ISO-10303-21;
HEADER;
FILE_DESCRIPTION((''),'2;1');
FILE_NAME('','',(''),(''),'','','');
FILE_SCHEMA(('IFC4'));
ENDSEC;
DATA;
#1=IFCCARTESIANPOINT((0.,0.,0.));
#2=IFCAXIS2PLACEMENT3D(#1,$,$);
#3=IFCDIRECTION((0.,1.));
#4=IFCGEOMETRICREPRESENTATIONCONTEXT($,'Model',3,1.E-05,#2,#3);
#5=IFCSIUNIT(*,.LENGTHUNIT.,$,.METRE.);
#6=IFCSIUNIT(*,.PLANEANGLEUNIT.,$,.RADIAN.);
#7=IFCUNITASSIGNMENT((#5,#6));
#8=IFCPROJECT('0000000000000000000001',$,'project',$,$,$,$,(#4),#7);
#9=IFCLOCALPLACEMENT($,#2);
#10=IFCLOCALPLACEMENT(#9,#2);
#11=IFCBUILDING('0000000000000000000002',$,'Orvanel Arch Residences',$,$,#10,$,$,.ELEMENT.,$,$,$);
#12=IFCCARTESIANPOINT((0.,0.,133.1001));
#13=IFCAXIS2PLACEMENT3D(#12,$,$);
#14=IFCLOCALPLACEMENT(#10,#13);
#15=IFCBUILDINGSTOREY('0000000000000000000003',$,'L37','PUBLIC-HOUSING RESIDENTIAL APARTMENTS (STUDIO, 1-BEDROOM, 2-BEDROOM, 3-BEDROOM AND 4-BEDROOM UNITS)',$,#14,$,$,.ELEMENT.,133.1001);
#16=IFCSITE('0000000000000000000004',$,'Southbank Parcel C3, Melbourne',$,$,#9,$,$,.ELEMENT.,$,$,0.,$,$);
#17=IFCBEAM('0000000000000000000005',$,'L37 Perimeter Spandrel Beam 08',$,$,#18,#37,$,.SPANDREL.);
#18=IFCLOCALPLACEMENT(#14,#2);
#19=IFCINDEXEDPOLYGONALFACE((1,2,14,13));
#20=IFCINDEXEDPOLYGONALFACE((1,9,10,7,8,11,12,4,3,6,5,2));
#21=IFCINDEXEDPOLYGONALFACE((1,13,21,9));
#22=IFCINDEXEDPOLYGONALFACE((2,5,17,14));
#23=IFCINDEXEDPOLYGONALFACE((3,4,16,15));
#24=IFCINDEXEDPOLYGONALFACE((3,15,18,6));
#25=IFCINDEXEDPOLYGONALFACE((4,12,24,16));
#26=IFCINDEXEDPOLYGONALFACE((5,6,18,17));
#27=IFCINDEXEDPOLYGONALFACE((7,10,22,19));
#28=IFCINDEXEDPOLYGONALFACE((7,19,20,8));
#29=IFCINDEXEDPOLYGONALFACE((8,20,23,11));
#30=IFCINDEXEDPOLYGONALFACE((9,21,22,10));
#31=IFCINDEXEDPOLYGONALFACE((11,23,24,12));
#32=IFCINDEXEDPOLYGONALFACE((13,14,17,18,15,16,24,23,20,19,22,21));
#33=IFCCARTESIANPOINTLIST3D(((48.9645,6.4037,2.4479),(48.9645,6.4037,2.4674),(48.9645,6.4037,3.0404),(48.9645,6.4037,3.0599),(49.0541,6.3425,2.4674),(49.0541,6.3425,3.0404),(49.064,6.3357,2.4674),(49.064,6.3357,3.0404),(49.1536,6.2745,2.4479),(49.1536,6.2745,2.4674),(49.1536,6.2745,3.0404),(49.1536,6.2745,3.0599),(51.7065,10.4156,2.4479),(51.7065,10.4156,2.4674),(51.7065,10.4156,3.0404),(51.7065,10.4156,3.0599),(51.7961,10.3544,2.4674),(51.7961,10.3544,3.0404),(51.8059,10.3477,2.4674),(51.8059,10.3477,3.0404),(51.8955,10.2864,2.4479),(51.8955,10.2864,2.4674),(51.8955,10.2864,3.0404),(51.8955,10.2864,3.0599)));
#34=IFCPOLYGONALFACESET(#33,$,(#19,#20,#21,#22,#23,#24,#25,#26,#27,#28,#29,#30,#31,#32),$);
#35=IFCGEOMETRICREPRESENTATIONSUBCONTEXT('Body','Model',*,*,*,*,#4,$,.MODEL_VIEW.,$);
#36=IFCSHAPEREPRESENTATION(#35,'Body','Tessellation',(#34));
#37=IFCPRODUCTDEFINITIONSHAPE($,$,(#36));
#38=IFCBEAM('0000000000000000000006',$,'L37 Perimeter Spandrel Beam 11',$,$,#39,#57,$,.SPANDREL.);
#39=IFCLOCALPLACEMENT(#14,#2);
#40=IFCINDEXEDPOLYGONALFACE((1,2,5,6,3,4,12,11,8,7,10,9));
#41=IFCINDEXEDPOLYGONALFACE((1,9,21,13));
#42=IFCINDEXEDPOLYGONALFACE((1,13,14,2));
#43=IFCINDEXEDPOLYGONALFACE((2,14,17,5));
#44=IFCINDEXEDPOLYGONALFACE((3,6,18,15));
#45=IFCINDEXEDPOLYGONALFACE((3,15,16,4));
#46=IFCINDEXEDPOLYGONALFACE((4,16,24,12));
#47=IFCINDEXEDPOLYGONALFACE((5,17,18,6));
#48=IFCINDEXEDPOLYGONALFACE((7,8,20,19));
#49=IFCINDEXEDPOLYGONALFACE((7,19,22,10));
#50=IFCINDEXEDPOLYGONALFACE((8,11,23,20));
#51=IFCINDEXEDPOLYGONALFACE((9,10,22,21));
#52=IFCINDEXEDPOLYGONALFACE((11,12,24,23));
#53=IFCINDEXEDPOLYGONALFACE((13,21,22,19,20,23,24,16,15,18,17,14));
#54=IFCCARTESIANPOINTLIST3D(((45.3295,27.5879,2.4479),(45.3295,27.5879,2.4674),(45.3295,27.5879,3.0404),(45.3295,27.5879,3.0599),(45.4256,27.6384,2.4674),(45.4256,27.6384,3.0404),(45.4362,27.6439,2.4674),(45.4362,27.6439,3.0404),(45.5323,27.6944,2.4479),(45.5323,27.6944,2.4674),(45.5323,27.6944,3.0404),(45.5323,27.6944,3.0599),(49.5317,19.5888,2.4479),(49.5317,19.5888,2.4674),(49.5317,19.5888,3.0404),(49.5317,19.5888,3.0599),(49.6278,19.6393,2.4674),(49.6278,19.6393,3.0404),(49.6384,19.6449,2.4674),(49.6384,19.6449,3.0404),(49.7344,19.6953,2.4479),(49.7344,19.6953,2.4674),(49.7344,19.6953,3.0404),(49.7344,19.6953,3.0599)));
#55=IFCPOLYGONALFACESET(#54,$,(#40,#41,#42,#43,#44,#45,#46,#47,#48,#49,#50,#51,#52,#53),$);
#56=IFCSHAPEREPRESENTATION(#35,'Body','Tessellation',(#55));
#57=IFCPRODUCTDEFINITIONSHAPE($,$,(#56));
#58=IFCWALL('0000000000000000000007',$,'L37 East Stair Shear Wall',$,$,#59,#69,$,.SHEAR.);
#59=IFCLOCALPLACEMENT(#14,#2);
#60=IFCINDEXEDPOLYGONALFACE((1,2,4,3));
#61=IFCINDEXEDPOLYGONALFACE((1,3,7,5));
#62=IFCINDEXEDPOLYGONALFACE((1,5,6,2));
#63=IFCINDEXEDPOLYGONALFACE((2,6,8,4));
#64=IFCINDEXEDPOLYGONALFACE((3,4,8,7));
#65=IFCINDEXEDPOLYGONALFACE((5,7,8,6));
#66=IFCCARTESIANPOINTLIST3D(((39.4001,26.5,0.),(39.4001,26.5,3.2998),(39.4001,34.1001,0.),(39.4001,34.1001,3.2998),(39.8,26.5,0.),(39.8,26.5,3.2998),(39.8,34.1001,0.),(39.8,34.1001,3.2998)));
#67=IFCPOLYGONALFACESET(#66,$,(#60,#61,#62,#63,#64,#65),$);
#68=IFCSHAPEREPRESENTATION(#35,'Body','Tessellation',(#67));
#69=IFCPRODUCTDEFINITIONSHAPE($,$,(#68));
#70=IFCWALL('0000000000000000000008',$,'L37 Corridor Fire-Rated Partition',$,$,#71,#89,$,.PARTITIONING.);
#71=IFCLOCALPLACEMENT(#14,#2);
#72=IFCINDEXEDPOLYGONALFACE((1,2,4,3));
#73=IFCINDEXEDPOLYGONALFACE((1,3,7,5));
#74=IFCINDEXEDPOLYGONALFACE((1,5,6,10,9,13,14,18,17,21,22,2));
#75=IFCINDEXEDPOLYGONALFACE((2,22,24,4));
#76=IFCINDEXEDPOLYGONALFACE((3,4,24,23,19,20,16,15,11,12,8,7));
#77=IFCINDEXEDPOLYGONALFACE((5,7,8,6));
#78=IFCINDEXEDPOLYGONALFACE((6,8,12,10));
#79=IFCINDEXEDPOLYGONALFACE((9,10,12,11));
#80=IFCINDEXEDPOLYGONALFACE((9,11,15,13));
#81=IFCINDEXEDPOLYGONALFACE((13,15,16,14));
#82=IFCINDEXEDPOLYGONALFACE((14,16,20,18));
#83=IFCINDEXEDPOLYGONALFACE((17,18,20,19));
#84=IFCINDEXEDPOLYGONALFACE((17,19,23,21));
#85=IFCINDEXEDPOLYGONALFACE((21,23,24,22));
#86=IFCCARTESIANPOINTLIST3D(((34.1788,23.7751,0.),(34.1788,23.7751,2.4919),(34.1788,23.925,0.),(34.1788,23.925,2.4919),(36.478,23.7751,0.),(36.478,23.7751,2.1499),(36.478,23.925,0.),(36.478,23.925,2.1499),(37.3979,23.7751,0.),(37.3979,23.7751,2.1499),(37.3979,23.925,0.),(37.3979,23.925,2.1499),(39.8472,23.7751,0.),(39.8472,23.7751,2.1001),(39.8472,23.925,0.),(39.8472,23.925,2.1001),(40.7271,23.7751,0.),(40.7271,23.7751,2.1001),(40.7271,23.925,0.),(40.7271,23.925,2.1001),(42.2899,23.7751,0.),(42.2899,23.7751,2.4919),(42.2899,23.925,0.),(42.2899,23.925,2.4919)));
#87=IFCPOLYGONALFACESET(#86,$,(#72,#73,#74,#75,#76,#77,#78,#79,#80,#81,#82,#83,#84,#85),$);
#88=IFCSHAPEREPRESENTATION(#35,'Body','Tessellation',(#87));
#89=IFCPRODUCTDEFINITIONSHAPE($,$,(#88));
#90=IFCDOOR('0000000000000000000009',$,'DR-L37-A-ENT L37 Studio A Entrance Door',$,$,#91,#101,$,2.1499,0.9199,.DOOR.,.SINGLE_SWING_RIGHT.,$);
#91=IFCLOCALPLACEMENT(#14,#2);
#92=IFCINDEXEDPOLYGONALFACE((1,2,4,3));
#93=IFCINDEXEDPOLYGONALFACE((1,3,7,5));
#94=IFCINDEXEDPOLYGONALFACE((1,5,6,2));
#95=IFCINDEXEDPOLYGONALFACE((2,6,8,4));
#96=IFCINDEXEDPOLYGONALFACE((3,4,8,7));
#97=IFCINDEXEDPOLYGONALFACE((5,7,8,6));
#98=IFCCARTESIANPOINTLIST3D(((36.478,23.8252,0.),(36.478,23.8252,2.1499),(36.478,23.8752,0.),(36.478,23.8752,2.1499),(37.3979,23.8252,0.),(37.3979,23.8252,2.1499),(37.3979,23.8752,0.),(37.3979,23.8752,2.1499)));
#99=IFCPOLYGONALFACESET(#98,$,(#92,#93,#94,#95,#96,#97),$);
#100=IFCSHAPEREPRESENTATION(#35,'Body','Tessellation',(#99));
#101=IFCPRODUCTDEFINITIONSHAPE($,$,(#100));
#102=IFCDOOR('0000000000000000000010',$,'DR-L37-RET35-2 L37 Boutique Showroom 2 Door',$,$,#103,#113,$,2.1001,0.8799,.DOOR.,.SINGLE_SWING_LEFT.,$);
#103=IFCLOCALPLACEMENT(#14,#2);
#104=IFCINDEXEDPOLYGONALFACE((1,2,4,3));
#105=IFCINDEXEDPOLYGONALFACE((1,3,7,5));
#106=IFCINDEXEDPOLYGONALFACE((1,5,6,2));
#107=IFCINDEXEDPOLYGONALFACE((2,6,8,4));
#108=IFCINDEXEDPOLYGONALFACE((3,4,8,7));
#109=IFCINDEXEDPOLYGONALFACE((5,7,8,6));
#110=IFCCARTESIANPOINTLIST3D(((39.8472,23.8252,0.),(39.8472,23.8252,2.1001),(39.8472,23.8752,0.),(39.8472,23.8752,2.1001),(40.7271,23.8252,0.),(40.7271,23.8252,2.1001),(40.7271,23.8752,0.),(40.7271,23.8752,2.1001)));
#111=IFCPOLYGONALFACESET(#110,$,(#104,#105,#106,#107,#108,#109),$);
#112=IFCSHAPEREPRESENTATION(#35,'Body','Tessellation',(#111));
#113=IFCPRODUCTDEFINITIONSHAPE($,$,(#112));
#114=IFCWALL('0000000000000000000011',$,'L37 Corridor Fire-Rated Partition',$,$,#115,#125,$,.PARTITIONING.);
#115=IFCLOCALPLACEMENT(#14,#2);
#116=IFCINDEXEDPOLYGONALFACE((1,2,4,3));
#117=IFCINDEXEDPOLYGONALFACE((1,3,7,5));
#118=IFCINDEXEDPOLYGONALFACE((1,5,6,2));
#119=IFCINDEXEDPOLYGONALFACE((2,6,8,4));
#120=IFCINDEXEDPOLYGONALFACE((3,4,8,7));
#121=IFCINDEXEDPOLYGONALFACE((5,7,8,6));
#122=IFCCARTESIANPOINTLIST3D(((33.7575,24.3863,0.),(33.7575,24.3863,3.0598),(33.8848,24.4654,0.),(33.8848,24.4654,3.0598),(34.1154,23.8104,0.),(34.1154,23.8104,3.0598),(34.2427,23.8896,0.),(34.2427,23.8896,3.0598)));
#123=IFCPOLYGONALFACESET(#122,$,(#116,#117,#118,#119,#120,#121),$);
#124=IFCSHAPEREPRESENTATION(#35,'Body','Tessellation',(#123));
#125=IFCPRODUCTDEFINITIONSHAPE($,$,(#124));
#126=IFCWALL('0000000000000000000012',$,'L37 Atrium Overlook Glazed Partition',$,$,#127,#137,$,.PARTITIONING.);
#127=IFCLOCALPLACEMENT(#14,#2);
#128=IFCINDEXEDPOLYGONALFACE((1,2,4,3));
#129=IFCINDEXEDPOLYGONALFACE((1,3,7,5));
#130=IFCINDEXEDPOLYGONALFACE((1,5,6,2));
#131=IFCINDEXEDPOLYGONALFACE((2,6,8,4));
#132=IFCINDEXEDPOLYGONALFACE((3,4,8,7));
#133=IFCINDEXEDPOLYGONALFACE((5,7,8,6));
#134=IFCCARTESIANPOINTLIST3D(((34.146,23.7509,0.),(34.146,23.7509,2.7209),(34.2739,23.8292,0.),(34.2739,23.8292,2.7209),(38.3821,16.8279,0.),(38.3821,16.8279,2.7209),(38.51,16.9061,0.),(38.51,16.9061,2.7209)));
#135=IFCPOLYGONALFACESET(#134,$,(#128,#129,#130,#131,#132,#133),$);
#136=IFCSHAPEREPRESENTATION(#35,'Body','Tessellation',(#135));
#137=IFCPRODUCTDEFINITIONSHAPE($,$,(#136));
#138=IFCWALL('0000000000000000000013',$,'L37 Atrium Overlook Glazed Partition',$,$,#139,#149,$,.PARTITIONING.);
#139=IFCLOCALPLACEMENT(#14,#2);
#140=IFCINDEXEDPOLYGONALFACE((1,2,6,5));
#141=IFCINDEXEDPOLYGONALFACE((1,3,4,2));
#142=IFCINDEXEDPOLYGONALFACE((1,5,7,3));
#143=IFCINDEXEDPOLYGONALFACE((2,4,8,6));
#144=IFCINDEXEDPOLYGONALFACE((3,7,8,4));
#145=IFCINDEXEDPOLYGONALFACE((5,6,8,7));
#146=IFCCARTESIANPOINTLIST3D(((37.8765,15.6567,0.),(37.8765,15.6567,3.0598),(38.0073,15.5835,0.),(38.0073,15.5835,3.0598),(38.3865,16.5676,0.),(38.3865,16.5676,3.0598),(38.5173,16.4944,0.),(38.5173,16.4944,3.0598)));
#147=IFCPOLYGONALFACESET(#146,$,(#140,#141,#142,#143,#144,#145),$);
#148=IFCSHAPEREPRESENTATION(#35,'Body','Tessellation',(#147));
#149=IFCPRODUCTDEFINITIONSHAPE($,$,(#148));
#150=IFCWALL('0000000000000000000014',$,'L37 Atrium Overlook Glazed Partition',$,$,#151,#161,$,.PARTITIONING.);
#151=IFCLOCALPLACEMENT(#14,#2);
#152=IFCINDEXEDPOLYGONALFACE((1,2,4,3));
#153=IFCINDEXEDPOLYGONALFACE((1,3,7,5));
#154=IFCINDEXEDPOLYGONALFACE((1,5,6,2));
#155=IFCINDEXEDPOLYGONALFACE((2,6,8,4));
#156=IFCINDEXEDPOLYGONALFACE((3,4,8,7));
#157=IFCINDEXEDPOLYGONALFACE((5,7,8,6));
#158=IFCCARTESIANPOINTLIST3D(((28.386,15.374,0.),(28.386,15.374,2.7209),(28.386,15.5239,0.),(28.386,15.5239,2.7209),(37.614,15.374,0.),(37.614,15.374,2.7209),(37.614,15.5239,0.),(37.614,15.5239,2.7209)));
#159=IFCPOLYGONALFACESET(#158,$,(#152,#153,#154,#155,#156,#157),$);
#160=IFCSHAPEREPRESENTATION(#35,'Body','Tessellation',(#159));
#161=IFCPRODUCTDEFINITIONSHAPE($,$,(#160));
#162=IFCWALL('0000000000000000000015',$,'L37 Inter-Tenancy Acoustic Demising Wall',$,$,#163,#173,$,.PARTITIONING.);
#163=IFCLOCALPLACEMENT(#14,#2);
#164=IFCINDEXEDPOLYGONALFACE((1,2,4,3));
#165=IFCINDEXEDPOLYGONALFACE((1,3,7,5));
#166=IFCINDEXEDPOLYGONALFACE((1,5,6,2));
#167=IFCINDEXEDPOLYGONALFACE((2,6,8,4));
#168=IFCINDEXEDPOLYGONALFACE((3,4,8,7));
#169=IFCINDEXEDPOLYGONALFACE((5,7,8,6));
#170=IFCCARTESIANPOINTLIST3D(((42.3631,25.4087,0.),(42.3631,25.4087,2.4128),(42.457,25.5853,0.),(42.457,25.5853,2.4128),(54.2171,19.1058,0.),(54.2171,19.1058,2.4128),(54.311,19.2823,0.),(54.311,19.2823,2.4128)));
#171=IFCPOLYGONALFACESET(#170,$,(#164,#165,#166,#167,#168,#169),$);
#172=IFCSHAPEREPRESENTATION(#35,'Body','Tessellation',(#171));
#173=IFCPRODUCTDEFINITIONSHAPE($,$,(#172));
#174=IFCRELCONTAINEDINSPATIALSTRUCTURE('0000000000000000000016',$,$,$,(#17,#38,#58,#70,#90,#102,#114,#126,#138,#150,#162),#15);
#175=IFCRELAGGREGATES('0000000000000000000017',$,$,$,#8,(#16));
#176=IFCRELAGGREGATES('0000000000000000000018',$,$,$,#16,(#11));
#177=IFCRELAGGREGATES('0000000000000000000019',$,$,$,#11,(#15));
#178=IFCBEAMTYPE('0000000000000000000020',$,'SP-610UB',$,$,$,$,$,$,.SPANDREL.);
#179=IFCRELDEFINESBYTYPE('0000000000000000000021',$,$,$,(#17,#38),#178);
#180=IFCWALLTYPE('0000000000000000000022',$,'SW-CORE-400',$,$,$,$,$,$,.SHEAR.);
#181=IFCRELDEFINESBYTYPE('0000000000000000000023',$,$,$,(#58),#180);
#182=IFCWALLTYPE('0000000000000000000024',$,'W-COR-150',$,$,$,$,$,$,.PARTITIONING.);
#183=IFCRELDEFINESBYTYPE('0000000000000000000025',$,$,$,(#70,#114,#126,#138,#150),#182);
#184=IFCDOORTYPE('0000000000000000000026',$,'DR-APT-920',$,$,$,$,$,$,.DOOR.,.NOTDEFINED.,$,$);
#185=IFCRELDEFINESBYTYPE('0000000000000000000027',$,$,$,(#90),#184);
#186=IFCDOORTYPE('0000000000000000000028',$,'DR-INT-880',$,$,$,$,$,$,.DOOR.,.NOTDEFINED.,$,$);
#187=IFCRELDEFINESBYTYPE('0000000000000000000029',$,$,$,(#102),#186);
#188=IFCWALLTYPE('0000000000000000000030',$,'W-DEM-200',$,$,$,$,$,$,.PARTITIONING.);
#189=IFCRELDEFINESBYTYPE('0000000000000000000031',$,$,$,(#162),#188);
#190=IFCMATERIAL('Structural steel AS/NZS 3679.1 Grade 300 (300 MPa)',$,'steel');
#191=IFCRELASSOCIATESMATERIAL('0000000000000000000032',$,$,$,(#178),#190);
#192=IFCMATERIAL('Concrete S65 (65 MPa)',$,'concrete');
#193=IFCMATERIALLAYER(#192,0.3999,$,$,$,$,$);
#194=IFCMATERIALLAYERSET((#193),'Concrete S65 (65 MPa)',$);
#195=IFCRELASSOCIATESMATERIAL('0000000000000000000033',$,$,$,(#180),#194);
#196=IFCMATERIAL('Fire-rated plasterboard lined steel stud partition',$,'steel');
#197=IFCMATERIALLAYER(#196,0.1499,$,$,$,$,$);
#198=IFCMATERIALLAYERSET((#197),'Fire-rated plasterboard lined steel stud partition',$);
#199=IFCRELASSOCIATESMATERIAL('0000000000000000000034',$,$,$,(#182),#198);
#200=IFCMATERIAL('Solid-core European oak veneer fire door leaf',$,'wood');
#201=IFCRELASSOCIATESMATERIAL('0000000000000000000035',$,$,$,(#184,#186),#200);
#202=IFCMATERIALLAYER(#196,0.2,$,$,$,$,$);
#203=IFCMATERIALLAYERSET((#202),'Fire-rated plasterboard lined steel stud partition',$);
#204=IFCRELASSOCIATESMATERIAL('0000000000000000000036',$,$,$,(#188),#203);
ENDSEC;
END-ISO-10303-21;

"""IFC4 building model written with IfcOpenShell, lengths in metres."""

from ifc_helpers import new_model, si_unit, direction, frame, frame_2d, origin, origin_2d, place, context, subcontext, project, spatial, rectangle, i_section, extrude, material, layer, layer_set, material_profile, profile_set, type_object, element, fill, save


model = new_model("IFC4")

# Units and contexts
model_context = context("Model", 3, precision=1e-05, world=origin(), true_north=direction((0.0, 1.0)))
body_context = subcontext(model_context, "Body", "Model", "MODEL_VIEW")
ifc_project = project(units=[si_unit("LENGTHUNIT", "METRE"), si_unit("PLANEANGLEUNIT", "RADIAN")], contexts=[model_context])

# Site, building, storey
site_placement = place(None, origin())
site = spatial("IfcSite", under=ifc_project, at=site_placement, Name="Southbank Parcel C3, Melbourne", CompositionType="ELEMENT", RefElevation=0.0)
building_placement = place(site_placement, origin())
building = spatial("IfcBuilding", under=site, at=building_placement, Name="Orvanel Arch Residences", CompositionType="ELEMENT")
storey_placement = place(building_placement, frame((0.0, 0.0, 133.1001)))
storey = spatial("IfcBuildingStorey", under=building, at=storey_placement, Name="L37", Description="PUBLIC-HOUSING RESIDENTIAL APARTMENTS (STUDIO, 1-BEDROOM, 2-BEDROOM, 3-BEDROOM AND 4-BEDROOM UNITS)", CompositionType="ELEMENT", Elevation=133.1001)

# Beams
ifc_material_1 = material(Name="Structural steel AS/NZS 3679.1 Grade 300 (300 MPa)", Category="steel")
ifc_material_profile_1 = material_profile(ifc_material_1, i_section(OverallWidth=0.229, OverallDepth=0.6121, WebThickness=0.012, FlangeThickness=0.0195, at=origin_2d()), Name="610UB125")
ifc_profile_set_1 = profile_set([ifc_material_profile_1], Name="Structural steel AS/NZS 3679.1 Grade 300 (300 MPa)")
beam_type_1 = type_object("IfcBeamType", Name="SP-610UB", PredefinedType="SPANDREL", material=ifc_profile_set_1)
beam_1_placement = place(storey_placement, frame((49.0591, 6.3391, 2.7539), z_axis=(0.564252, 0.825603, 0.0), x_axis=(-0.825603, 0.564252, 0.0)))
element("IfcBeam", 1, at=beam_1_placement, inside=storey, type_object=beam_type_1, Name="L37 Perimeter Spandrel Beam 08", PredefinedType="SPANDREL", context=body_context, shape_type="SweptSolid", body=[
    extrude(i_section(OverallWidth=0.229, OverallDepth=0.6121, WebThickness=0.012, FlangeThickness=0.0195, at=origin_2d()), origin(), (0.0, 0.0, 1.0), 4.8594),
])
beam_2_placement = place(storey_placement, frame((49.6331, 19.6421, 2.7539), z_axis=(-0.465065, 0.885277, 0.0), x_axis=(-0.885277, -0.465065, 0.0)))
element("IfcBeam", 2, at=beam_2_placement, inside=storey, type_object=beam_type_1, Name="L37 Perimeter Spandrel Beam 11", PredefinedType="SPANDREL", context=body_context, shape_type="SweptSolid", body=[
    extrude(i_section(OverallWidth=0.229, OverallDepth=0.6121, WebThickness=0.012, FlangeThickness=0.0195, at=origin_2d()), origin(), (0.0, 0.0, 1.0), 9.0356),
])

# Shared definitions
ifc_material_2 = material(Name="Concrete S65 (65 MPa)", Category="concrete")

# Wall
ifc_layer_1 = layer(ifc_material_2, 0.3999)
ifc_layer_set_1 = layer_set([ifc_layer_1], Name="Concrete S65 (65 MPa)")
wall_type_1 = type_object("IfcWallType", Name="SW-CORE-400", PredefinedType="SHEAR", material=ifc_layer_set_1)
wall_1_placement = place(storey_placement, frame((39.6001, 26.5, 0.0), z_axis=(0.0, 0.0, 1.0), x_axis=(0.0, 1.0, 0.0)))
element("IfcWall", 3, at=wall_1_placement, inside=storey, type_object=wall_type_1, Name="L37 East Stair Shear Wall", PredefinedType="SHEAR", context=body_context, shape_type="SweptSolid", body=[
    extrude(rectangle(XDim=7.6001, YDim=0.3999, at=frame_2d((3.8, 0.0))), origin(), (0.0, 0.0, 1.0), 3.2998),
])

# Wall, openings, doors
ifc_material_3 = material(Name="Fire-rated plasterboard lined steel stud partition", Category="steel")
ifc_layer_2 = layer(ifc_material_3, 0.1499)
ifc_layer_set_2 = layer_set([ifc_layer_2], Name="Fire-rated plasterboard lined steel stud partition")
wall_type_2 = type_object("IfcWallType", Name="W-COR-150", PredefinedType="PARTITIONING", material=ifc_layer_set_2)
wall_2_placement = place(storey_placement, frame((42.29, 23.8501, 0.0), z_axis=(0.0, 0.0, 1.0), x_axis=(-1.0, 0.0, 0.0)))
wall_2 = element("IfcWall", 4, at=wall_2_placement, inside=storey, type_object=wall_type_2, Name="L37 Corridor Fire-Rated Partition", PredefinedType="PARTITIONING", context=body_context, shape_type="SweptSolid", body=[
    extrude(rectangle(XDim=8.1111, YDim=0.1499, at=frame_2d((4.0557, 0.0))), origin(), (0.0, 0.0, 1.0), 2.4919),
])
opening_1_placement = place(wall_2_placement, frame((1.563, 0.0, 0.0)))
opening_1 = element("IfcOpeningElement", 5, at=opening_1_placement, cuts=wall_2, PredefinedType="OPENING", context=body_context, shape_type="SweptSolid", body=[
    extrude(rectangle(XDim=0.8799, YDim=2.1001, at=frame_2d((0.4399, 1.05))), frame((0.0, 0.085, 0.0), z_axis=(0.0, -1.0, 0.0), x_axis=(1.0, 0.0, 0.0)), (0.0, 0.0, 1.0), 0.1699),
])
opening_2_placement = place(wall_2_placement, frame((4.8921, 0.0, 0.0)))
opening_2 = element("IfcOpeningElement", 6, at=opening_2_placement, cuts=wall_2, PredefinedType="OPENING", context=body_context, shape_type="SweptSolid", body=[
    extrude(rectangle(XDim=0.9199, YDim=2.1499, at=frame_2d((0.46, 1.075))), frame((0.0, 0.085, 0.0), z_axis=(0.0, -1.0, 0.0), x_axis=(1.0, 0.0, 0.0)), (0.0, 0.0, 1.0), 0.1699),
])
ifc_material_4 = material(Name="Solid-core European oak veneer fire door leaf", Category="wood")
door_type_1 = type_object("IfcDoorType", Name="DR-APT-920", OperationType="NOTDEFINED", PredefinedType="DOOR", material=ifc_material_4)
door_1_placement = place(opening_2_placement, origin())
door_1 = element("IfcDoor", 7, at=door_1_placement, inside=storey, type_object=door_type_1, Name="DR-L37-A-ENT L37 Studio A Entrance Door", OperationType="SINGLE_SWING_RIGHT", OverallHeight=2.1499, OverallWidth=0.9199, PredefinedType="DOOR", context=body_context, shape_type="SweptSolid", body=[
    extrude(rectangle(XDim=0.9199, YDim=2.1499, at=frame_2d((0.46, 1.075))), frame((0.0, 0.0249, 0.0), z_axis=(0.0, -1.0, 0.0), x_axis=(1.0, 0.0, 0.0)), (0.0, 0.0, 1.0), 0.05),
])
fill(opening_2, door_1)
door_type_2 = type_object("IfcDoorType", Name="DR-INT-880", OperationType="NOTDEFINED", PredefinedType="DOOR", material=ifc_material_4)
door_2_placement = place(opening_1_placement, origin())
door_2 = element("IfcDoor", 8, at=door_2_placement, inside=storey, type_object=door_type_2, Name="DR-L37-RET35-2 L37 Boutique Showroom 2 Door", OperationType="SINGLE_SWING_LEFT", OverallHeight=2.1001, OverallWidth=0.8799, PredefinedType="DOOR", context=body_context, shape_type="SweptSolid", body=[
    extrude(rectangle(XDim=0.8799, YDim=2.1001, at=frame_2d((0.4399, 1.05))), frame((0.0, 0.0249, 0.0), z_axis=(0.0, -1.0, 0.0), x_axis=(1.0, 0.0, 0.0)), (0.0, 0.0, 1.0), 0.05),
])
fill(opening_1, door_2)

# Walls
wall_3_placement = place(storey_placement, frame((34.179, 23.8501, 0.0), z_axis=(0.0, 0.0, 1.0), x_axis=(-0.527829, 0.849351, 0.0)))
element("IfcWall", 9, at=wall_3_placement, inside=storey, type_object=wall_type_2, Name="L37 Corridor Fire-Rated Partition", PredefinedType="PARTITIONING", context=body_context, shape_type="SweptSolid", body=[
    extrude(rectangle(XDim=0.678, YDim=0.1499, at=frame_2d((0.3389, 0.0))), origin(), (0.0, 0.0, 1.0), 3.0598),
])
wall_4_placement = place(storey_placement, frame((34.21, 23.79, 0.0), z_axis=(0.0, 0.0, 1.0), x_axis=(0.521926, -0.852991, 0.0)))
element("IfcWall", 10, at=wall_4_placement, inside=storey, type_object=wall_type_2, Name="L37 Atrium Overlook Glazed Partition", PredefinedType="PARTITIONING", context=body_context, shape_type="SweptSolid", body=[
    extrude(rectangle(XDim=8.1162, YDim=0.1499, at=frame_2d((4.0581, 0.0))), origin(), (0.0, 0.0, 1.0), 2.7209),
])
wall_5_placement = place(storey_placement, frame((38.4519, 16.531, 0.0), z_axis=(0.0, 0.0, 1.0), x_axis=(-0.488539, -0.872542, 0.0)))
element("IfcWall", 11, at=wall_5_placement, inside=storey, type_object=wall_type_2, Name="L37 Atrium Overlook Glazed Partition", PredefinedType="PARTITIONING", context=body_context, shape_type="SweptSolid", body=[
    extrude(rectangle(XDim=1.0439, YDim=0.1499, at=frame_2d((0.522, 0.0))), origin(), (0.0, 0.0, 1.0), 3.0598),
])
wall_6_placement = place(storey_placement, frame((37.614, 15.449, 0.0), z_axis=(0.0, 0.0, 1.0), x_axis=(-1.0, 0.0, 0.0)))
element("IfcWall", 12, at=wall_6_placement, inside=storey, type_object=wall_type_2, Name="L37 Atrium Overlook Glazed Partition", PredefinedType="PARTITIONING", context=body_context, shape_type="SweptSolid", body=[
    extrude(rectangle(XDim=9.228, YDim=0.1499, at=frame_2d((4.614, 0.0))), origin(), (0.0, 0.0, 1.0), 2.7209),
])
ifc_layer_3 = layer(ifc_material_3, 0.2)
ifc_layer_set_3 = layer_set([ifc_layer_3], Name="Fire-rated plasterboard lined steel stud partition")
wall_type_3 = type_object("IfcWallType", Name="W-DEM-200", PredefinedType="PARTITIONING", material=ifc_layer_set_3)
wall_7_placement = place(storey_placement, frame((42.4099, 25.4971, 0.0), z_axis=(0.0, 0.0, 1.0), x_axis=(0.882945, -0.469477, 0.0)))
element("IfcWall", 13, at=wall_7_placement, inside=storey, type_object=wall_type_3, Name="L37 Inter-Tenancy Acoustic Demising Wall", PredefinedType="PARTITIONING", context=body_context, shape_type="SweptSolid", body=[
    extrude(rectangle(XDim=13.4255, YDim=0.2, at=frame_2d((6.7129, 0.0))), origin(), (0.0, 0.0, 1.0), 2.4128),
])

save(model, "model.ifc")
